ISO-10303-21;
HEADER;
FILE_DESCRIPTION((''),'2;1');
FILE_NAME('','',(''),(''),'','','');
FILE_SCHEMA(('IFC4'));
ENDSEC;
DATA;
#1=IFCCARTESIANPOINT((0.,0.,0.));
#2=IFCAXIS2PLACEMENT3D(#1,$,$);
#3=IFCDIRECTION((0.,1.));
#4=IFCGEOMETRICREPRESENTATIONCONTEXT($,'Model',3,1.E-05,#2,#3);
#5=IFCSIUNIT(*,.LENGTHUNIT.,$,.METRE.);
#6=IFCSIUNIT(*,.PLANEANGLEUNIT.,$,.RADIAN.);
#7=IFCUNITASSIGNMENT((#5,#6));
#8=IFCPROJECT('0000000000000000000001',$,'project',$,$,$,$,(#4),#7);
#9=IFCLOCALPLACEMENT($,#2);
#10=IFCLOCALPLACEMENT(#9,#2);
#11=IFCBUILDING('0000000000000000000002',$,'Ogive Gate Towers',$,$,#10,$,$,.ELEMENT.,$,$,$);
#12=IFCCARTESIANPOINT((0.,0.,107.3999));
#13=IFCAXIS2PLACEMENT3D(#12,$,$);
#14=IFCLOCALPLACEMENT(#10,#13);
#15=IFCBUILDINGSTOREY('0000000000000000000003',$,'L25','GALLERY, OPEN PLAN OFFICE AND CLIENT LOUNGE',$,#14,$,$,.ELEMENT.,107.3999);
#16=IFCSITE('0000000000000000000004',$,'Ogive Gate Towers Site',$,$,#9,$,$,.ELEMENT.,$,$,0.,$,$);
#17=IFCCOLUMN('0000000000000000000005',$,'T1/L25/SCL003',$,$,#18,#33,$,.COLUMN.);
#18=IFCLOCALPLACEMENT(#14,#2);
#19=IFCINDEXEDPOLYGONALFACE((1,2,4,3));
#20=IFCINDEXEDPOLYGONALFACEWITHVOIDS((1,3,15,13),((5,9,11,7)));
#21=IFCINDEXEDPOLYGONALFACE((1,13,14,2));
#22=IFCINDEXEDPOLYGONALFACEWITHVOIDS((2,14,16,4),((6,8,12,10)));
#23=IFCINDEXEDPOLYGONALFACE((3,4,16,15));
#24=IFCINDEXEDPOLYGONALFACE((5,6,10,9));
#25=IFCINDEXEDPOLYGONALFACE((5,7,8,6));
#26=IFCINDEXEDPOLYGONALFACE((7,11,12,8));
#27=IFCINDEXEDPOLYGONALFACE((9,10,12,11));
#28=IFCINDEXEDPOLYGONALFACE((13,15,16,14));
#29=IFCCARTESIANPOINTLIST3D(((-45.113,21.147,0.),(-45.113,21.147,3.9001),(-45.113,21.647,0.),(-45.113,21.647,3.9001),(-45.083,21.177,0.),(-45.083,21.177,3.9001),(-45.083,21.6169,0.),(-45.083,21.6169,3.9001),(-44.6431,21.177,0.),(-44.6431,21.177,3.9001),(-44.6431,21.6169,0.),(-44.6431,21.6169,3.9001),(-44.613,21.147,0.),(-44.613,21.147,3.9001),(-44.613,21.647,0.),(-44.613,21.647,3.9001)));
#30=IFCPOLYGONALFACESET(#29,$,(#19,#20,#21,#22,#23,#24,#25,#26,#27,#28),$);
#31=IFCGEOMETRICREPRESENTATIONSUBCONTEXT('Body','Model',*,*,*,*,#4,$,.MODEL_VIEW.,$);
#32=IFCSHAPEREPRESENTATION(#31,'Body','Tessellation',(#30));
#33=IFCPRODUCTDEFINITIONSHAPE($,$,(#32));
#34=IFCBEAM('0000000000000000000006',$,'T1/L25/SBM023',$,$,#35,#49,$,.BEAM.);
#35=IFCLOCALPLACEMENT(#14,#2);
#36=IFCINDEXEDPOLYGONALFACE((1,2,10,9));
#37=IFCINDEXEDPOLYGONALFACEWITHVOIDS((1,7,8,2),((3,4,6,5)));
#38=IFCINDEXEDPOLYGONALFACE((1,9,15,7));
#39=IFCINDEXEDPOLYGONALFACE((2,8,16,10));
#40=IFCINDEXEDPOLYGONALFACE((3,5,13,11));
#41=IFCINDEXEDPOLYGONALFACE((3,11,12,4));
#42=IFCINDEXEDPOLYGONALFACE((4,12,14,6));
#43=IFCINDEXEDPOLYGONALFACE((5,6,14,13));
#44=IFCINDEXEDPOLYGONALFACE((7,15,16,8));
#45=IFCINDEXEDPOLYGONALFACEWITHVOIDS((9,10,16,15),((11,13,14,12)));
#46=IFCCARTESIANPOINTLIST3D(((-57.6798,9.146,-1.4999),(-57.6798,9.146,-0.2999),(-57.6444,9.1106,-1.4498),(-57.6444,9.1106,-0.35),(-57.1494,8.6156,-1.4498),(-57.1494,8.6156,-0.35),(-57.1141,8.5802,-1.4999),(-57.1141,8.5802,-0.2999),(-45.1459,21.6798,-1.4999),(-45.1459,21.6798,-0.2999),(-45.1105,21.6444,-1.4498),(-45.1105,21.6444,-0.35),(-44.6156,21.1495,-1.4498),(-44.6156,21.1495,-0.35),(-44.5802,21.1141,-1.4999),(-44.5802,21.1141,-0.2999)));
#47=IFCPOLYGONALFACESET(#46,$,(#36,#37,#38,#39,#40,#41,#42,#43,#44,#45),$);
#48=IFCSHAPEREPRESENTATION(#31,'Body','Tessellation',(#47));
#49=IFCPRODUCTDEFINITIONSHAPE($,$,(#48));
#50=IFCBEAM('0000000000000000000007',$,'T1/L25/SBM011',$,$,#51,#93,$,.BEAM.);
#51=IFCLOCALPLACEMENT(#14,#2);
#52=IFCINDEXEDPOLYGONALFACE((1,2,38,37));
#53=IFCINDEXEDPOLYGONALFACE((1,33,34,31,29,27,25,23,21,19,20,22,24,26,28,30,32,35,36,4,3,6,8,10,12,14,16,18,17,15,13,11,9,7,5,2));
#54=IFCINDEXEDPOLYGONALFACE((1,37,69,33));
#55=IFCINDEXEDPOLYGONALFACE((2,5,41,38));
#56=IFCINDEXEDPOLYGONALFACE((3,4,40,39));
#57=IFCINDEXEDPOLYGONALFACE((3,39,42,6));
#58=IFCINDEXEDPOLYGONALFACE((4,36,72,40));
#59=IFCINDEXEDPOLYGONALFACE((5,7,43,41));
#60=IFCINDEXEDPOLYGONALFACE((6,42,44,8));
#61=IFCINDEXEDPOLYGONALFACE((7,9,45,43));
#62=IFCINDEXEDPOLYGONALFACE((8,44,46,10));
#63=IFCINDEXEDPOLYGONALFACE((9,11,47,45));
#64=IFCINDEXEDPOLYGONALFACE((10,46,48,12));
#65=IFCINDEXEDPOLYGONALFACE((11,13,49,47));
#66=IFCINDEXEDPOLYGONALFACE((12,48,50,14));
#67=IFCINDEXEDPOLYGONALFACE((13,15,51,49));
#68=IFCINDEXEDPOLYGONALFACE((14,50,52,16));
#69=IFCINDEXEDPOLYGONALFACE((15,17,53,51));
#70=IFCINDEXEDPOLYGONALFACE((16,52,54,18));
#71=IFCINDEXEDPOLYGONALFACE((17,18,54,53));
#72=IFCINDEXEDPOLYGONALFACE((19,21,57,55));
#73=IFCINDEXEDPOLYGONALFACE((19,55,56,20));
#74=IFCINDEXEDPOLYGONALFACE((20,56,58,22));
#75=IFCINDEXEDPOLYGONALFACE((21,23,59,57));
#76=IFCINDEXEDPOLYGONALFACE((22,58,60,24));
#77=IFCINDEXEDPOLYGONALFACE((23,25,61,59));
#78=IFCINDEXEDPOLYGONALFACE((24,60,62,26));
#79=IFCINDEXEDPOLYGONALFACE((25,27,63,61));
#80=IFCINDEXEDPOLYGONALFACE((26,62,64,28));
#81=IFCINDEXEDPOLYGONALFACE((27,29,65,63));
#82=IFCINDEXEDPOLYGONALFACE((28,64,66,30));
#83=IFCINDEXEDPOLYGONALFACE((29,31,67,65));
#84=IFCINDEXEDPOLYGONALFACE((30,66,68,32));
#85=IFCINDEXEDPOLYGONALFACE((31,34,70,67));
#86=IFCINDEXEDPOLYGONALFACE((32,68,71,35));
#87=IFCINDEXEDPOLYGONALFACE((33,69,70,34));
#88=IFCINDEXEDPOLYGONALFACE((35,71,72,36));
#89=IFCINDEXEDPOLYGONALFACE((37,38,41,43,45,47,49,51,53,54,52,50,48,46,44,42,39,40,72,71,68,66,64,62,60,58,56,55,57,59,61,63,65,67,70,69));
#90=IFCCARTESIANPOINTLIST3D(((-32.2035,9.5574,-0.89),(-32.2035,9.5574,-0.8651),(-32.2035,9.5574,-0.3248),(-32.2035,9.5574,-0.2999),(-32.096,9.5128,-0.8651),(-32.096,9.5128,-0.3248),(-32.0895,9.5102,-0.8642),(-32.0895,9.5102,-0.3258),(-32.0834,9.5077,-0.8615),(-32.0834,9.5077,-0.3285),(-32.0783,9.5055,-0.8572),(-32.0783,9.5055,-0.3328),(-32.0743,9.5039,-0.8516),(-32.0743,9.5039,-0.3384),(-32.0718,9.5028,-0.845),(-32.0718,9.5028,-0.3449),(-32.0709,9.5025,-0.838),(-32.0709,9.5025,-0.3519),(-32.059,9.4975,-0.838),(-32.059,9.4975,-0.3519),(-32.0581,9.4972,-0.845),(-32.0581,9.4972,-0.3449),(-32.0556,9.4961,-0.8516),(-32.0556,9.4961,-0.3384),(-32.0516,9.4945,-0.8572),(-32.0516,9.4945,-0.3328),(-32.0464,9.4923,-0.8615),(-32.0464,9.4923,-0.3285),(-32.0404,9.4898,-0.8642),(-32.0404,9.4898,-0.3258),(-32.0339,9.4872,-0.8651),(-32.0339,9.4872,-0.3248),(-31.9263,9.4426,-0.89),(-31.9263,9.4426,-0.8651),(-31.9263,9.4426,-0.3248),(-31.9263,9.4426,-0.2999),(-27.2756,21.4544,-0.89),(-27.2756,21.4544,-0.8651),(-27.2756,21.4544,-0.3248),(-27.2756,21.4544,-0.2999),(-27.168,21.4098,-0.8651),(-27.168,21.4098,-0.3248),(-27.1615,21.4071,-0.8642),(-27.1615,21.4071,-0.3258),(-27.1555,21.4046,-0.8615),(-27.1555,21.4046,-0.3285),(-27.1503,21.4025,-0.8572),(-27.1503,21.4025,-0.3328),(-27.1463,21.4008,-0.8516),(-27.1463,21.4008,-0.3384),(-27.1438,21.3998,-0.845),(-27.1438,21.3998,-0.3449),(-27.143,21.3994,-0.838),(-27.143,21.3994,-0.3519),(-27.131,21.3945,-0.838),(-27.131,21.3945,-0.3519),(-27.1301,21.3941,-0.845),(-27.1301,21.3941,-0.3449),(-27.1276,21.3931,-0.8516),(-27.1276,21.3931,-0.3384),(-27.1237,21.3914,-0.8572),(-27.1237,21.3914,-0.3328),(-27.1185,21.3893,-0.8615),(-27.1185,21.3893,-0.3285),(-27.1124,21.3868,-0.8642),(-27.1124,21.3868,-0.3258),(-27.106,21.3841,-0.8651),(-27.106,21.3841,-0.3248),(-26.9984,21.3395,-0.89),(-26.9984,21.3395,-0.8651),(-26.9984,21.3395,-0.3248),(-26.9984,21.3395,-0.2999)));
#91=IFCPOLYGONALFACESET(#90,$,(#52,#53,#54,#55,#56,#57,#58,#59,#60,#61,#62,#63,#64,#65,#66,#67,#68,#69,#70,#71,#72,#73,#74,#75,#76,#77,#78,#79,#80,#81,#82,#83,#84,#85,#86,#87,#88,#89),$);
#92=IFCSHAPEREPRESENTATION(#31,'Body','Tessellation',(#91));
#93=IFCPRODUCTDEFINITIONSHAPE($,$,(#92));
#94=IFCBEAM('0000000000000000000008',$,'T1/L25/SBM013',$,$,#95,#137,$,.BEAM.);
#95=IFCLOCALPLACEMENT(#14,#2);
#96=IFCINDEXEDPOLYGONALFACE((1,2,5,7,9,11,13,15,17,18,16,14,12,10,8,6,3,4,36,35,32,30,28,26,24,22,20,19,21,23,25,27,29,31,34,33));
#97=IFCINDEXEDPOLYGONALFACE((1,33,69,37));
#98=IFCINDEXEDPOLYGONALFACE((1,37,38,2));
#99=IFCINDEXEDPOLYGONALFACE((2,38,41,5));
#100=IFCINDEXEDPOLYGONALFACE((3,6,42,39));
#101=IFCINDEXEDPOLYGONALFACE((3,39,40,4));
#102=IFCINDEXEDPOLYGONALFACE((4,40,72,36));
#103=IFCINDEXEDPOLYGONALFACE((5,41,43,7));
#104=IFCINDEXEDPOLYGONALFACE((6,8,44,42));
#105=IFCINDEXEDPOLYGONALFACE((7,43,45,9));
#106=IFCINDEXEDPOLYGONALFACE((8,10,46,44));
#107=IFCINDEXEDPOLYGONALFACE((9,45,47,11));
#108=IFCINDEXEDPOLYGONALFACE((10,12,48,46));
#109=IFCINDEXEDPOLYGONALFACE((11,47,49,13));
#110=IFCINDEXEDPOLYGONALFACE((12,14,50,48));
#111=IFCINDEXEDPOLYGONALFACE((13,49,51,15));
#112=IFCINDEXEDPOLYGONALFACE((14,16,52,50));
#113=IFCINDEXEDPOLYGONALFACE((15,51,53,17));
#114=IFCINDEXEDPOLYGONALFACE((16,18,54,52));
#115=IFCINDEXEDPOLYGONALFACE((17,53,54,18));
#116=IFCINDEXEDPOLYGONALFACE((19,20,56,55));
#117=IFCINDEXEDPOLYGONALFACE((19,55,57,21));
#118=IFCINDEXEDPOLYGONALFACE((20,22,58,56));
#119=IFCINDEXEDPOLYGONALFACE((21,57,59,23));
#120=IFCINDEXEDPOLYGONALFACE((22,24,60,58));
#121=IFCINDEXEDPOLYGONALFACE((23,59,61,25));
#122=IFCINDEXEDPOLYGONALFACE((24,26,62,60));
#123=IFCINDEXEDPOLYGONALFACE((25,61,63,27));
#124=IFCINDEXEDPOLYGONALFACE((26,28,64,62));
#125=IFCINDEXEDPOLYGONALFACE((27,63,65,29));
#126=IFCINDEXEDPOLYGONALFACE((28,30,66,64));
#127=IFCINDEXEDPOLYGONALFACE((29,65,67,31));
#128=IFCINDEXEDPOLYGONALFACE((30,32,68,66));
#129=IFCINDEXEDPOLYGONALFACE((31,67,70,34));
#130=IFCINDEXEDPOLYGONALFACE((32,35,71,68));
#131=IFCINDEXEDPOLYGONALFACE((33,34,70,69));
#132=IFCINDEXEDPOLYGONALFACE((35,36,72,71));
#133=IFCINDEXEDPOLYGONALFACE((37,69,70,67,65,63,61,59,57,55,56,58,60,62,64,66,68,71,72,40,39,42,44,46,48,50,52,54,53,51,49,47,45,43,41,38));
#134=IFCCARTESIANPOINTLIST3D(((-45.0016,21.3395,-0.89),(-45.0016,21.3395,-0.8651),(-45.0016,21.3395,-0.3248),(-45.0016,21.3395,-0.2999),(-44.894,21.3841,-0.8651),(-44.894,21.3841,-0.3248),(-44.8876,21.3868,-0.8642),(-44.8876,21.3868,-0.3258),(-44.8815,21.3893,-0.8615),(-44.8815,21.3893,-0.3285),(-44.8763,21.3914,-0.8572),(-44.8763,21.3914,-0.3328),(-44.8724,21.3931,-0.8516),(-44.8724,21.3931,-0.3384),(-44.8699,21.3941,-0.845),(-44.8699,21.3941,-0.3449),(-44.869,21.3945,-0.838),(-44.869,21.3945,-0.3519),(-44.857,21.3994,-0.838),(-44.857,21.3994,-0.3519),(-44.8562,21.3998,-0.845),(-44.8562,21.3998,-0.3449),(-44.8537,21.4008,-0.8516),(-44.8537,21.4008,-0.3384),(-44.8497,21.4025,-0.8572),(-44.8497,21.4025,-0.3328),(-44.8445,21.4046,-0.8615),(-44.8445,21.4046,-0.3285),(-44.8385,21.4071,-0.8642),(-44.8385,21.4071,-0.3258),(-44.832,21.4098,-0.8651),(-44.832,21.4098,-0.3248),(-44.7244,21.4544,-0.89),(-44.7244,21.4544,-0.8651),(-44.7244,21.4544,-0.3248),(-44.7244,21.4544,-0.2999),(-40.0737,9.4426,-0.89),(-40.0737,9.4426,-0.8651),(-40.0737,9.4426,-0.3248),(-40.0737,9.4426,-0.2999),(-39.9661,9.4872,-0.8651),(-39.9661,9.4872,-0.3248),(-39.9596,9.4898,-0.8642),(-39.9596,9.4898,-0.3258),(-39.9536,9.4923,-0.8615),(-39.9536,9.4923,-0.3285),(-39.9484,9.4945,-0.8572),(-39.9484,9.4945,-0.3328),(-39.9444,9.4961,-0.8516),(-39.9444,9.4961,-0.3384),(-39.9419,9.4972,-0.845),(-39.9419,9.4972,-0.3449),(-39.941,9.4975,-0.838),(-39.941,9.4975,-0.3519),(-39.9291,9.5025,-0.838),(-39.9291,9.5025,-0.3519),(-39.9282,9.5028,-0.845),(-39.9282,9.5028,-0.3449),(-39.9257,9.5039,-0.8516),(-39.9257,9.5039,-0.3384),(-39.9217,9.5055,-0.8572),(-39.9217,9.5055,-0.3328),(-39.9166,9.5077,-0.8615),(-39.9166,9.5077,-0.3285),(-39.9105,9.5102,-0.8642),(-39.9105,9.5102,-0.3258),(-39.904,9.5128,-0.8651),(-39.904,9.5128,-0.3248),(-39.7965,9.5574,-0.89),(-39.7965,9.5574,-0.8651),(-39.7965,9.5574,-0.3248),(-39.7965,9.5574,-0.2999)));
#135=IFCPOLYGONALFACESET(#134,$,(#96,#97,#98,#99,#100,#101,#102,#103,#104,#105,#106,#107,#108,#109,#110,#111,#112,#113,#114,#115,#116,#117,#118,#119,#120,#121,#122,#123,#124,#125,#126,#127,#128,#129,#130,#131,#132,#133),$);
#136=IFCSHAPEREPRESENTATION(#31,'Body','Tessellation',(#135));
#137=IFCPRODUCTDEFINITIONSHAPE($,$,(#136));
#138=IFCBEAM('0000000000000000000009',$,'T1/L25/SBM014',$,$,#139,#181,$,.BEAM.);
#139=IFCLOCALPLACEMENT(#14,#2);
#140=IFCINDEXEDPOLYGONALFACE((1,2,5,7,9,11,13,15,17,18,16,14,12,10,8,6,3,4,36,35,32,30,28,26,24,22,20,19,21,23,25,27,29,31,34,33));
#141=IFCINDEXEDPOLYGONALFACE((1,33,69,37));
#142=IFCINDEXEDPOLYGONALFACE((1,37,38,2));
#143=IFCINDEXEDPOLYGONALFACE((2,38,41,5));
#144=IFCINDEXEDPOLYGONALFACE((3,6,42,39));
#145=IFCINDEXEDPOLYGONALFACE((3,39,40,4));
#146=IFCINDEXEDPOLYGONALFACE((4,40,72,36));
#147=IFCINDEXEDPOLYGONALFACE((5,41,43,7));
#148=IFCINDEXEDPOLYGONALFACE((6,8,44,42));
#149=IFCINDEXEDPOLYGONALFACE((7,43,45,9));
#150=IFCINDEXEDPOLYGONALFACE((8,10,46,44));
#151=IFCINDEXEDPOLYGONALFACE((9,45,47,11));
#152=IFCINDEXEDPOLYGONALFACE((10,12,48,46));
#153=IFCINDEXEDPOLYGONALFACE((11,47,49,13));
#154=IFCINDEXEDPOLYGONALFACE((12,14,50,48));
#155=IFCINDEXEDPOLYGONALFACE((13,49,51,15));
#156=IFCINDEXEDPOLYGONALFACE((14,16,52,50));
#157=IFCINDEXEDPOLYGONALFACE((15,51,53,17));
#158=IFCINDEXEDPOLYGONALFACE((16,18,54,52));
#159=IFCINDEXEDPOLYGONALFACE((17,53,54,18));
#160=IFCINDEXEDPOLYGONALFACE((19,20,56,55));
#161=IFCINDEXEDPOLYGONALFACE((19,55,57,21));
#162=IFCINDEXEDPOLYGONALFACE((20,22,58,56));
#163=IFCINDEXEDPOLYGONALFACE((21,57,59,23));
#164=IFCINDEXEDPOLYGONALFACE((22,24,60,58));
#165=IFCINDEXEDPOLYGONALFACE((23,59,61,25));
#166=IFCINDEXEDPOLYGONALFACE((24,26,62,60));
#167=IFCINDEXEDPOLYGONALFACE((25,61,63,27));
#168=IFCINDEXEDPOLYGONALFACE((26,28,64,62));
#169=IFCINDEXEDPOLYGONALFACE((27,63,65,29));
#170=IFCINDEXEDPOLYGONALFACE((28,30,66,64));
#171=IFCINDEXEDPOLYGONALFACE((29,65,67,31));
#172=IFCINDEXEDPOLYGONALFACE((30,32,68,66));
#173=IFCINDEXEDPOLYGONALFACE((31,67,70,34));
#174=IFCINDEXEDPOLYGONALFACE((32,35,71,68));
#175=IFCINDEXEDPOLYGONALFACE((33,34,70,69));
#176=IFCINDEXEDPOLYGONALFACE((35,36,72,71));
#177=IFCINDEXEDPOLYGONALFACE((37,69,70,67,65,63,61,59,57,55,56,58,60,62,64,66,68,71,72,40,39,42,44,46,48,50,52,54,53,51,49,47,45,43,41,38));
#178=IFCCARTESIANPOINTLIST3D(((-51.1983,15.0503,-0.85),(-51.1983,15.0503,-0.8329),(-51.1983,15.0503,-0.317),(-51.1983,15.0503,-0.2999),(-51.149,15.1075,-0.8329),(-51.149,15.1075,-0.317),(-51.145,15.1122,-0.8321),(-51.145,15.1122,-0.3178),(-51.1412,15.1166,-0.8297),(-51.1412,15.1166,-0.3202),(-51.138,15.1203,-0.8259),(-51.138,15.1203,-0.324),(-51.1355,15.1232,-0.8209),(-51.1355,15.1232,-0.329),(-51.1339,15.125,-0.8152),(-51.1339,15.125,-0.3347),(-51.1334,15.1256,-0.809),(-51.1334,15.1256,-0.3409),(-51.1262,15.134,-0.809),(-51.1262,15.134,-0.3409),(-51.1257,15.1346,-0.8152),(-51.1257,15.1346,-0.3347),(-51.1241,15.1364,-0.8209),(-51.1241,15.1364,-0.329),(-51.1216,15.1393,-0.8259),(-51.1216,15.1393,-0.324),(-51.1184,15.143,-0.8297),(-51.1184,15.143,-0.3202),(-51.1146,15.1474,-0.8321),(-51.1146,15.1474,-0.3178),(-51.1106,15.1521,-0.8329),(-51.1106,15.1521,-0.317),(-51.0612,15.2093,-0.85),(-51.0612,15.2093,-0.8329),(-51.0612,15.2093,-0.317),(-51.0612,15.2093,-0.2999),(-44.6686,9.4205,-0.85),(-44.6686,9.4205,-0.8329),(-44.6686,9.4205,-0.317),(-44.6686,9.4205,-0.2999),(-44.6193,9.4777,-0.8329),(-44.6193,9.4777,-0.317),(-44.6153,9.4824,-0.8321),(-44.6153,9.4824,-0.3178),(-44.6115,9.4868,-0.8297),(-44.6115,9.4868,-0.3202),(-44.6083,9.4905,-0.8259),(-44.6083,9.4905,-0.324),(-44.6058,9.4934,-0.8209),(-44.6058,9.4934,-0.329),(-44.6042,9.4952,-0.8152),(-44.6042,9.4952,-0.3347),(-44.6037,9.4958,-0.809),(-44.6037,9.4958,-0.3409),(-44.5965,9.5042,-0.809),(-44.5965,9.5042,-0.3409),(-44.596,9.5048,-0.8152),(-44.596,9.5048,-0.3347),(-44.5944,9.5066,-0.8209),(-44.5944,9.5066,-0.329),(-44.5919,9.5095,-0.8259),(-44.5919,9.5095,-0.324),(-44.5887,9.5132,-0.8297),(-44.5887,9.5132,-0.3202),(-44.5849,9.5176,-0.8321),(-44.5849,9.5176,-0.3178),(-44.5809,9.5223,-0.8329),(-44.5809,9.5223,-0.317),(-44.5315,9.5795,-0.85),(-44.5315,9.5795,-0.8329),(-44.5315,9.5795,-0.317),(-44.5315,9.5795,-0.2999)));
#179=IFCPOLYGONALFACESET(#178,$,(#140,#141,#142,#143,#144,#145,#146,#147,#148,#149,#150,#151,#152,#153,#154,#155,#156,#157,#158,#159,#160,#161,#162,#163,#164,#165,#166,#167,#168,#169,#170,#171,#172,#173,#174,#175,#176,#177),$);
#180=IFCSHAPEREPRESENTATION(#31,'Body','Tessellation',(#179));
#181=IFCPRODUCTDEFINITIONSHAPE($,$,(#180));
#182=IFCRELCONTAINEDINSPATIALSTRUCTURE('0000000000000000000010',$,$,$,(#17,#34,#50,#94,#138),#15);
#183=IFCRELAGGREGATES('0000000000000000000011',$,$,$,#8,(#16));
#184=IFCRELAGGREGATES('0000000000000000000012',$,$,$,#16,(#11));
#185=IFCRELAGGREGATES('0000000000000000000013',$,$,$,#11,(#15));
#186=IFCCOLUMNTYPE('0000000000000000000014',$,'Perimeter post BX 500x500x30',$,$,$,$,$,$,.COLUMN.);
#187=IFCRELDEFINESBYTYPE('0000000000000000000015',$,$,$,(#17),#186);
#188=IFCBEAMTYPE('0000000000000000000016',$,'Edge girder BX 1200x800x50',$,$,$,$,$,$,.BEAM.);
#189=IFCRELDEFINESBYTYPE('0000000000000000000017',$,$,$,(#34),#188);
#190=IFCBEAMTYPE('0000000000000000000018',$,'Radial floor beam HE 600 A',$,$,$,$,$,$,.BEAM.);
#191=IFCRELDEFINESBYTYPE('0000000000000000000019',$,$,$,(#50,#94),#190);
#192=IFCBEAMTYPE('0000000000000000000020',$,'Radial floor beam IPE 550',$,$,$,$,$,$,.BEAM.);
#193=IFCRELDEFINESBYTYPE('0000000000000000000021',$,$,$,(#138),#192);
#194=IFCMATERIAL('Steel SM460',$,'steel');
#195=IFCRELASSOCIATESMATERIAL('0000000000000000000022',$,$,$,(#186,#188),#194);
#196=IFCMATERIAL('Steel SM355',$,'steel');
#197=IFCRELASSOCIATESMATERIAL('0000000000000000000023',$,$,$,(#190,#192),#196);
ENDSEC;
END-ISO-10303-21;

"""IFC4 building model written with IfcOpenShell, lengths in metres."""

from ifc_helpers import new_model, si_unit, direction, frame, origin, origin_2d, place, context, subcontext, project, spatial, hollow_rectangle, i_section, extrude, material, material_profile, profile_set, type_object, element, save


model = new_model("IFC4")

# Units and contexts
model_context = context("Model", 3, precision=1e-05, world=origin(), true_north=direction((0.0, 1.0)))
body_context = subcontext(model_context, "Body", "Model", "MODEL_VIEW")
ifc_project = project(units=[si_unit("LENGTHUNIT", "METRE"), si_unit("PLANEANGLEUNIT", "RADIAN")], contexts=[model_context])

# Site, building, storey
site_placement = place(None, origin())
site = spatial("IfcSite", under=ifc_project, at=site_placement, Name="Ogive Gate Towers Site", CompositionType="ELEMENT", RefElevation=0.0)
building_placement = place(site_placement, origin())
building = spatial("IfcBuilding", under=site, at=building_placement, Name="Ogive Gate Towers", CompositionType="ELEMENT")
storey_placement = place(building_placement, frame((0.0, 0.0, 107.3999)))
storey = spatial("IfcBuildingStorey", under=building, at=storey_placement, Name="L25", Description="GALLERY, OPEN PLAN OFFICE AND CLIENT LOUNGE", CompositionType="ELEMENT", Elevation=107.3999)

# Column
ifc_material_1 = material(Name="Steel SM460", Category="steel")
ifc_material_profile_1 = material_profile(ifc_material_1, hollow_rectangle(XDim=0.5, YDim=0.5, WallThickness=0.03, at=origin_2d()), Name="BX 500x500x30")
ifc_profile_set_1 = profile_set([ifc_material_profile_1], Name="Steel SM460")
column_type = type_object("IfcColumnType", Name="Perimeter post BX 500x500x30", PredefinedType="COLUMN", material=ifc_profile_set_1)
column_placement = place(storey_placement, frame((-44.863, 21.397, 0.0), z_axis=(0.0, 0.0, 1.0), x_axis=(1.0, 0.0, 0.0)))
element("IfcColumn", 1, at=column_placement, inside=storey, type_object=column_type, Name="T1/L25/SCL003", PredefinedType="COLUMN", context=body_context, shape_type="SweptSolid", body=[
    extrude(hollow_rectangle(XDim=0.5, YDim=0.5, WallThickness=0.03, at=origin_2d()), origin(), (0.0, 0.0, 1.0), 3.9001),
])

# Beams
ifc_material_profile_2 = material_profile(ifc_material_1, hollow_rectangle(XDim=0.8, YDim=1.2, WallThickness=0.05, at=origin_2d()), Name="BX 1200x800x50")
ifc_profile_set_2 = profile_set([ifc_material_profile_2], Name="Steel SM460")
beam_type_1 = type_object("IfcBeamType", Name="Edge girder BX 1200x800x50", PredefinedType="BEAM", material=ifc_profile_set_2)
beam_1_placement = place(storey_placement, frame((-44.863, 21.397, -0.8999), z_axis=(-0.707107, -0.707107, 0.0), x_axis=(0.707107, -0.707107, 0.0)))
element("IfcBeam", 2, at=beam_1_placement, inside=storey, type_object=beam_type_1, Name="T1/L25/SBM023", PredefinedType="BEAM", context=body_context, shape_type="SweptSolid", body=[
    extrude(hollow_rectangle(XDim=0.8, YDim=1.2, WallThickness=0.05, at=origin_2d()), origin(), (0.0, 0.0, 1.0), 17.7256),
])
ifc_material_2 = material(Name="Steel SM355", Category="steel")
ifc_material_profile_3 = material_profile(ifc_material_2, i_section(OverallWidth=0.3, OverallDepth=0.5901, WebThickness=0.0129, FlangeThickness=0.0249, FilletRadius=0.0271, at=origin_2d()), Name="HE 600 A")
ifc_profile_set_3 = profile_set([ifc_material_profile_3], Name="Steel SM355")
beam_type_2 = type_object("IfcBeamType", Name="Radial floor beam HE 600 A", PredefinedType="BEAM", material=ifc_profile_set_3)
for number, where, z_axis, x_axis, name in (
    (3, (-32.0649, 9.5, -0.595), (0.382689, 0.923877, 0.0), (-0.923877, 0.382689, 0.0), "T1/L25/SBM011"),
    (4, (-39.9351, 9.5, -0.595), (-0.382689, 0.923877, 0.0), (-0.923877, -0.382689, 0.0), "T1/L25/SBM013"),
):
    element("IfcBeam", number, at=place(storey_placement, frame(where, z_axis=z_axis, x_axis=x_axis)), inside=storey, type_object=beam_type_2, Name=name, PredefinedType="BEAM", context=body_context, shape_type="SweptSolid", body=[
        extrude(i_section(OverallWidth=0.3, OverallDepth=0.5901, WebThickness=0.0129, FlangeThickness=0.0249, FilletRadius=0.0271, at=origin_2d()), origin(), (0.0, 0.0, 1.0), 12.8772),
    ])
ifc_material_profile_4 = material_profile(ifc_material_2, i_section(OverallWidth=0.21, OverallDepth=0.55, WebThickness=0.011, FlangeThickness=0.0171, FilletRadius=0.0239, at=origin_2d()), Name="IPE 550")
ifc_profile_set_4 = profile_set([ifc_material_profile_4], Name="Steel SM355")
beam_type_3 = type_object("IfcBeamType", Name="Radial floor beam IPE 550", PredefinedType="BEAM", material=ifc_profile_set_4)
beam_2_placement = place(storey_placement, frame((-44.6001, 9.5, -0.575), z_axis=(-0.757366, 0.65299, 0.0), x_axis=(-0.65299, -0.757366, 0.0)))
element("IfcBeam", 5, at=beam_2_placement, inside=storey, type_object=beam_type_3, Name="T1/L25/SBM014", PredefinedType="BEAM", context=body_context, shape_type="SweptSolid", body=[
    extrude(i_section(OverallWidth=0.21, OverallDepth=0.55, WebThickness=0.011, FlangeThickness=0.0171, FilletRadius=0.0239, at=origin_2d()), origin(), (0.0, 0.0, 1.0), 8.6216),
])

save(model, "model.ifc")
